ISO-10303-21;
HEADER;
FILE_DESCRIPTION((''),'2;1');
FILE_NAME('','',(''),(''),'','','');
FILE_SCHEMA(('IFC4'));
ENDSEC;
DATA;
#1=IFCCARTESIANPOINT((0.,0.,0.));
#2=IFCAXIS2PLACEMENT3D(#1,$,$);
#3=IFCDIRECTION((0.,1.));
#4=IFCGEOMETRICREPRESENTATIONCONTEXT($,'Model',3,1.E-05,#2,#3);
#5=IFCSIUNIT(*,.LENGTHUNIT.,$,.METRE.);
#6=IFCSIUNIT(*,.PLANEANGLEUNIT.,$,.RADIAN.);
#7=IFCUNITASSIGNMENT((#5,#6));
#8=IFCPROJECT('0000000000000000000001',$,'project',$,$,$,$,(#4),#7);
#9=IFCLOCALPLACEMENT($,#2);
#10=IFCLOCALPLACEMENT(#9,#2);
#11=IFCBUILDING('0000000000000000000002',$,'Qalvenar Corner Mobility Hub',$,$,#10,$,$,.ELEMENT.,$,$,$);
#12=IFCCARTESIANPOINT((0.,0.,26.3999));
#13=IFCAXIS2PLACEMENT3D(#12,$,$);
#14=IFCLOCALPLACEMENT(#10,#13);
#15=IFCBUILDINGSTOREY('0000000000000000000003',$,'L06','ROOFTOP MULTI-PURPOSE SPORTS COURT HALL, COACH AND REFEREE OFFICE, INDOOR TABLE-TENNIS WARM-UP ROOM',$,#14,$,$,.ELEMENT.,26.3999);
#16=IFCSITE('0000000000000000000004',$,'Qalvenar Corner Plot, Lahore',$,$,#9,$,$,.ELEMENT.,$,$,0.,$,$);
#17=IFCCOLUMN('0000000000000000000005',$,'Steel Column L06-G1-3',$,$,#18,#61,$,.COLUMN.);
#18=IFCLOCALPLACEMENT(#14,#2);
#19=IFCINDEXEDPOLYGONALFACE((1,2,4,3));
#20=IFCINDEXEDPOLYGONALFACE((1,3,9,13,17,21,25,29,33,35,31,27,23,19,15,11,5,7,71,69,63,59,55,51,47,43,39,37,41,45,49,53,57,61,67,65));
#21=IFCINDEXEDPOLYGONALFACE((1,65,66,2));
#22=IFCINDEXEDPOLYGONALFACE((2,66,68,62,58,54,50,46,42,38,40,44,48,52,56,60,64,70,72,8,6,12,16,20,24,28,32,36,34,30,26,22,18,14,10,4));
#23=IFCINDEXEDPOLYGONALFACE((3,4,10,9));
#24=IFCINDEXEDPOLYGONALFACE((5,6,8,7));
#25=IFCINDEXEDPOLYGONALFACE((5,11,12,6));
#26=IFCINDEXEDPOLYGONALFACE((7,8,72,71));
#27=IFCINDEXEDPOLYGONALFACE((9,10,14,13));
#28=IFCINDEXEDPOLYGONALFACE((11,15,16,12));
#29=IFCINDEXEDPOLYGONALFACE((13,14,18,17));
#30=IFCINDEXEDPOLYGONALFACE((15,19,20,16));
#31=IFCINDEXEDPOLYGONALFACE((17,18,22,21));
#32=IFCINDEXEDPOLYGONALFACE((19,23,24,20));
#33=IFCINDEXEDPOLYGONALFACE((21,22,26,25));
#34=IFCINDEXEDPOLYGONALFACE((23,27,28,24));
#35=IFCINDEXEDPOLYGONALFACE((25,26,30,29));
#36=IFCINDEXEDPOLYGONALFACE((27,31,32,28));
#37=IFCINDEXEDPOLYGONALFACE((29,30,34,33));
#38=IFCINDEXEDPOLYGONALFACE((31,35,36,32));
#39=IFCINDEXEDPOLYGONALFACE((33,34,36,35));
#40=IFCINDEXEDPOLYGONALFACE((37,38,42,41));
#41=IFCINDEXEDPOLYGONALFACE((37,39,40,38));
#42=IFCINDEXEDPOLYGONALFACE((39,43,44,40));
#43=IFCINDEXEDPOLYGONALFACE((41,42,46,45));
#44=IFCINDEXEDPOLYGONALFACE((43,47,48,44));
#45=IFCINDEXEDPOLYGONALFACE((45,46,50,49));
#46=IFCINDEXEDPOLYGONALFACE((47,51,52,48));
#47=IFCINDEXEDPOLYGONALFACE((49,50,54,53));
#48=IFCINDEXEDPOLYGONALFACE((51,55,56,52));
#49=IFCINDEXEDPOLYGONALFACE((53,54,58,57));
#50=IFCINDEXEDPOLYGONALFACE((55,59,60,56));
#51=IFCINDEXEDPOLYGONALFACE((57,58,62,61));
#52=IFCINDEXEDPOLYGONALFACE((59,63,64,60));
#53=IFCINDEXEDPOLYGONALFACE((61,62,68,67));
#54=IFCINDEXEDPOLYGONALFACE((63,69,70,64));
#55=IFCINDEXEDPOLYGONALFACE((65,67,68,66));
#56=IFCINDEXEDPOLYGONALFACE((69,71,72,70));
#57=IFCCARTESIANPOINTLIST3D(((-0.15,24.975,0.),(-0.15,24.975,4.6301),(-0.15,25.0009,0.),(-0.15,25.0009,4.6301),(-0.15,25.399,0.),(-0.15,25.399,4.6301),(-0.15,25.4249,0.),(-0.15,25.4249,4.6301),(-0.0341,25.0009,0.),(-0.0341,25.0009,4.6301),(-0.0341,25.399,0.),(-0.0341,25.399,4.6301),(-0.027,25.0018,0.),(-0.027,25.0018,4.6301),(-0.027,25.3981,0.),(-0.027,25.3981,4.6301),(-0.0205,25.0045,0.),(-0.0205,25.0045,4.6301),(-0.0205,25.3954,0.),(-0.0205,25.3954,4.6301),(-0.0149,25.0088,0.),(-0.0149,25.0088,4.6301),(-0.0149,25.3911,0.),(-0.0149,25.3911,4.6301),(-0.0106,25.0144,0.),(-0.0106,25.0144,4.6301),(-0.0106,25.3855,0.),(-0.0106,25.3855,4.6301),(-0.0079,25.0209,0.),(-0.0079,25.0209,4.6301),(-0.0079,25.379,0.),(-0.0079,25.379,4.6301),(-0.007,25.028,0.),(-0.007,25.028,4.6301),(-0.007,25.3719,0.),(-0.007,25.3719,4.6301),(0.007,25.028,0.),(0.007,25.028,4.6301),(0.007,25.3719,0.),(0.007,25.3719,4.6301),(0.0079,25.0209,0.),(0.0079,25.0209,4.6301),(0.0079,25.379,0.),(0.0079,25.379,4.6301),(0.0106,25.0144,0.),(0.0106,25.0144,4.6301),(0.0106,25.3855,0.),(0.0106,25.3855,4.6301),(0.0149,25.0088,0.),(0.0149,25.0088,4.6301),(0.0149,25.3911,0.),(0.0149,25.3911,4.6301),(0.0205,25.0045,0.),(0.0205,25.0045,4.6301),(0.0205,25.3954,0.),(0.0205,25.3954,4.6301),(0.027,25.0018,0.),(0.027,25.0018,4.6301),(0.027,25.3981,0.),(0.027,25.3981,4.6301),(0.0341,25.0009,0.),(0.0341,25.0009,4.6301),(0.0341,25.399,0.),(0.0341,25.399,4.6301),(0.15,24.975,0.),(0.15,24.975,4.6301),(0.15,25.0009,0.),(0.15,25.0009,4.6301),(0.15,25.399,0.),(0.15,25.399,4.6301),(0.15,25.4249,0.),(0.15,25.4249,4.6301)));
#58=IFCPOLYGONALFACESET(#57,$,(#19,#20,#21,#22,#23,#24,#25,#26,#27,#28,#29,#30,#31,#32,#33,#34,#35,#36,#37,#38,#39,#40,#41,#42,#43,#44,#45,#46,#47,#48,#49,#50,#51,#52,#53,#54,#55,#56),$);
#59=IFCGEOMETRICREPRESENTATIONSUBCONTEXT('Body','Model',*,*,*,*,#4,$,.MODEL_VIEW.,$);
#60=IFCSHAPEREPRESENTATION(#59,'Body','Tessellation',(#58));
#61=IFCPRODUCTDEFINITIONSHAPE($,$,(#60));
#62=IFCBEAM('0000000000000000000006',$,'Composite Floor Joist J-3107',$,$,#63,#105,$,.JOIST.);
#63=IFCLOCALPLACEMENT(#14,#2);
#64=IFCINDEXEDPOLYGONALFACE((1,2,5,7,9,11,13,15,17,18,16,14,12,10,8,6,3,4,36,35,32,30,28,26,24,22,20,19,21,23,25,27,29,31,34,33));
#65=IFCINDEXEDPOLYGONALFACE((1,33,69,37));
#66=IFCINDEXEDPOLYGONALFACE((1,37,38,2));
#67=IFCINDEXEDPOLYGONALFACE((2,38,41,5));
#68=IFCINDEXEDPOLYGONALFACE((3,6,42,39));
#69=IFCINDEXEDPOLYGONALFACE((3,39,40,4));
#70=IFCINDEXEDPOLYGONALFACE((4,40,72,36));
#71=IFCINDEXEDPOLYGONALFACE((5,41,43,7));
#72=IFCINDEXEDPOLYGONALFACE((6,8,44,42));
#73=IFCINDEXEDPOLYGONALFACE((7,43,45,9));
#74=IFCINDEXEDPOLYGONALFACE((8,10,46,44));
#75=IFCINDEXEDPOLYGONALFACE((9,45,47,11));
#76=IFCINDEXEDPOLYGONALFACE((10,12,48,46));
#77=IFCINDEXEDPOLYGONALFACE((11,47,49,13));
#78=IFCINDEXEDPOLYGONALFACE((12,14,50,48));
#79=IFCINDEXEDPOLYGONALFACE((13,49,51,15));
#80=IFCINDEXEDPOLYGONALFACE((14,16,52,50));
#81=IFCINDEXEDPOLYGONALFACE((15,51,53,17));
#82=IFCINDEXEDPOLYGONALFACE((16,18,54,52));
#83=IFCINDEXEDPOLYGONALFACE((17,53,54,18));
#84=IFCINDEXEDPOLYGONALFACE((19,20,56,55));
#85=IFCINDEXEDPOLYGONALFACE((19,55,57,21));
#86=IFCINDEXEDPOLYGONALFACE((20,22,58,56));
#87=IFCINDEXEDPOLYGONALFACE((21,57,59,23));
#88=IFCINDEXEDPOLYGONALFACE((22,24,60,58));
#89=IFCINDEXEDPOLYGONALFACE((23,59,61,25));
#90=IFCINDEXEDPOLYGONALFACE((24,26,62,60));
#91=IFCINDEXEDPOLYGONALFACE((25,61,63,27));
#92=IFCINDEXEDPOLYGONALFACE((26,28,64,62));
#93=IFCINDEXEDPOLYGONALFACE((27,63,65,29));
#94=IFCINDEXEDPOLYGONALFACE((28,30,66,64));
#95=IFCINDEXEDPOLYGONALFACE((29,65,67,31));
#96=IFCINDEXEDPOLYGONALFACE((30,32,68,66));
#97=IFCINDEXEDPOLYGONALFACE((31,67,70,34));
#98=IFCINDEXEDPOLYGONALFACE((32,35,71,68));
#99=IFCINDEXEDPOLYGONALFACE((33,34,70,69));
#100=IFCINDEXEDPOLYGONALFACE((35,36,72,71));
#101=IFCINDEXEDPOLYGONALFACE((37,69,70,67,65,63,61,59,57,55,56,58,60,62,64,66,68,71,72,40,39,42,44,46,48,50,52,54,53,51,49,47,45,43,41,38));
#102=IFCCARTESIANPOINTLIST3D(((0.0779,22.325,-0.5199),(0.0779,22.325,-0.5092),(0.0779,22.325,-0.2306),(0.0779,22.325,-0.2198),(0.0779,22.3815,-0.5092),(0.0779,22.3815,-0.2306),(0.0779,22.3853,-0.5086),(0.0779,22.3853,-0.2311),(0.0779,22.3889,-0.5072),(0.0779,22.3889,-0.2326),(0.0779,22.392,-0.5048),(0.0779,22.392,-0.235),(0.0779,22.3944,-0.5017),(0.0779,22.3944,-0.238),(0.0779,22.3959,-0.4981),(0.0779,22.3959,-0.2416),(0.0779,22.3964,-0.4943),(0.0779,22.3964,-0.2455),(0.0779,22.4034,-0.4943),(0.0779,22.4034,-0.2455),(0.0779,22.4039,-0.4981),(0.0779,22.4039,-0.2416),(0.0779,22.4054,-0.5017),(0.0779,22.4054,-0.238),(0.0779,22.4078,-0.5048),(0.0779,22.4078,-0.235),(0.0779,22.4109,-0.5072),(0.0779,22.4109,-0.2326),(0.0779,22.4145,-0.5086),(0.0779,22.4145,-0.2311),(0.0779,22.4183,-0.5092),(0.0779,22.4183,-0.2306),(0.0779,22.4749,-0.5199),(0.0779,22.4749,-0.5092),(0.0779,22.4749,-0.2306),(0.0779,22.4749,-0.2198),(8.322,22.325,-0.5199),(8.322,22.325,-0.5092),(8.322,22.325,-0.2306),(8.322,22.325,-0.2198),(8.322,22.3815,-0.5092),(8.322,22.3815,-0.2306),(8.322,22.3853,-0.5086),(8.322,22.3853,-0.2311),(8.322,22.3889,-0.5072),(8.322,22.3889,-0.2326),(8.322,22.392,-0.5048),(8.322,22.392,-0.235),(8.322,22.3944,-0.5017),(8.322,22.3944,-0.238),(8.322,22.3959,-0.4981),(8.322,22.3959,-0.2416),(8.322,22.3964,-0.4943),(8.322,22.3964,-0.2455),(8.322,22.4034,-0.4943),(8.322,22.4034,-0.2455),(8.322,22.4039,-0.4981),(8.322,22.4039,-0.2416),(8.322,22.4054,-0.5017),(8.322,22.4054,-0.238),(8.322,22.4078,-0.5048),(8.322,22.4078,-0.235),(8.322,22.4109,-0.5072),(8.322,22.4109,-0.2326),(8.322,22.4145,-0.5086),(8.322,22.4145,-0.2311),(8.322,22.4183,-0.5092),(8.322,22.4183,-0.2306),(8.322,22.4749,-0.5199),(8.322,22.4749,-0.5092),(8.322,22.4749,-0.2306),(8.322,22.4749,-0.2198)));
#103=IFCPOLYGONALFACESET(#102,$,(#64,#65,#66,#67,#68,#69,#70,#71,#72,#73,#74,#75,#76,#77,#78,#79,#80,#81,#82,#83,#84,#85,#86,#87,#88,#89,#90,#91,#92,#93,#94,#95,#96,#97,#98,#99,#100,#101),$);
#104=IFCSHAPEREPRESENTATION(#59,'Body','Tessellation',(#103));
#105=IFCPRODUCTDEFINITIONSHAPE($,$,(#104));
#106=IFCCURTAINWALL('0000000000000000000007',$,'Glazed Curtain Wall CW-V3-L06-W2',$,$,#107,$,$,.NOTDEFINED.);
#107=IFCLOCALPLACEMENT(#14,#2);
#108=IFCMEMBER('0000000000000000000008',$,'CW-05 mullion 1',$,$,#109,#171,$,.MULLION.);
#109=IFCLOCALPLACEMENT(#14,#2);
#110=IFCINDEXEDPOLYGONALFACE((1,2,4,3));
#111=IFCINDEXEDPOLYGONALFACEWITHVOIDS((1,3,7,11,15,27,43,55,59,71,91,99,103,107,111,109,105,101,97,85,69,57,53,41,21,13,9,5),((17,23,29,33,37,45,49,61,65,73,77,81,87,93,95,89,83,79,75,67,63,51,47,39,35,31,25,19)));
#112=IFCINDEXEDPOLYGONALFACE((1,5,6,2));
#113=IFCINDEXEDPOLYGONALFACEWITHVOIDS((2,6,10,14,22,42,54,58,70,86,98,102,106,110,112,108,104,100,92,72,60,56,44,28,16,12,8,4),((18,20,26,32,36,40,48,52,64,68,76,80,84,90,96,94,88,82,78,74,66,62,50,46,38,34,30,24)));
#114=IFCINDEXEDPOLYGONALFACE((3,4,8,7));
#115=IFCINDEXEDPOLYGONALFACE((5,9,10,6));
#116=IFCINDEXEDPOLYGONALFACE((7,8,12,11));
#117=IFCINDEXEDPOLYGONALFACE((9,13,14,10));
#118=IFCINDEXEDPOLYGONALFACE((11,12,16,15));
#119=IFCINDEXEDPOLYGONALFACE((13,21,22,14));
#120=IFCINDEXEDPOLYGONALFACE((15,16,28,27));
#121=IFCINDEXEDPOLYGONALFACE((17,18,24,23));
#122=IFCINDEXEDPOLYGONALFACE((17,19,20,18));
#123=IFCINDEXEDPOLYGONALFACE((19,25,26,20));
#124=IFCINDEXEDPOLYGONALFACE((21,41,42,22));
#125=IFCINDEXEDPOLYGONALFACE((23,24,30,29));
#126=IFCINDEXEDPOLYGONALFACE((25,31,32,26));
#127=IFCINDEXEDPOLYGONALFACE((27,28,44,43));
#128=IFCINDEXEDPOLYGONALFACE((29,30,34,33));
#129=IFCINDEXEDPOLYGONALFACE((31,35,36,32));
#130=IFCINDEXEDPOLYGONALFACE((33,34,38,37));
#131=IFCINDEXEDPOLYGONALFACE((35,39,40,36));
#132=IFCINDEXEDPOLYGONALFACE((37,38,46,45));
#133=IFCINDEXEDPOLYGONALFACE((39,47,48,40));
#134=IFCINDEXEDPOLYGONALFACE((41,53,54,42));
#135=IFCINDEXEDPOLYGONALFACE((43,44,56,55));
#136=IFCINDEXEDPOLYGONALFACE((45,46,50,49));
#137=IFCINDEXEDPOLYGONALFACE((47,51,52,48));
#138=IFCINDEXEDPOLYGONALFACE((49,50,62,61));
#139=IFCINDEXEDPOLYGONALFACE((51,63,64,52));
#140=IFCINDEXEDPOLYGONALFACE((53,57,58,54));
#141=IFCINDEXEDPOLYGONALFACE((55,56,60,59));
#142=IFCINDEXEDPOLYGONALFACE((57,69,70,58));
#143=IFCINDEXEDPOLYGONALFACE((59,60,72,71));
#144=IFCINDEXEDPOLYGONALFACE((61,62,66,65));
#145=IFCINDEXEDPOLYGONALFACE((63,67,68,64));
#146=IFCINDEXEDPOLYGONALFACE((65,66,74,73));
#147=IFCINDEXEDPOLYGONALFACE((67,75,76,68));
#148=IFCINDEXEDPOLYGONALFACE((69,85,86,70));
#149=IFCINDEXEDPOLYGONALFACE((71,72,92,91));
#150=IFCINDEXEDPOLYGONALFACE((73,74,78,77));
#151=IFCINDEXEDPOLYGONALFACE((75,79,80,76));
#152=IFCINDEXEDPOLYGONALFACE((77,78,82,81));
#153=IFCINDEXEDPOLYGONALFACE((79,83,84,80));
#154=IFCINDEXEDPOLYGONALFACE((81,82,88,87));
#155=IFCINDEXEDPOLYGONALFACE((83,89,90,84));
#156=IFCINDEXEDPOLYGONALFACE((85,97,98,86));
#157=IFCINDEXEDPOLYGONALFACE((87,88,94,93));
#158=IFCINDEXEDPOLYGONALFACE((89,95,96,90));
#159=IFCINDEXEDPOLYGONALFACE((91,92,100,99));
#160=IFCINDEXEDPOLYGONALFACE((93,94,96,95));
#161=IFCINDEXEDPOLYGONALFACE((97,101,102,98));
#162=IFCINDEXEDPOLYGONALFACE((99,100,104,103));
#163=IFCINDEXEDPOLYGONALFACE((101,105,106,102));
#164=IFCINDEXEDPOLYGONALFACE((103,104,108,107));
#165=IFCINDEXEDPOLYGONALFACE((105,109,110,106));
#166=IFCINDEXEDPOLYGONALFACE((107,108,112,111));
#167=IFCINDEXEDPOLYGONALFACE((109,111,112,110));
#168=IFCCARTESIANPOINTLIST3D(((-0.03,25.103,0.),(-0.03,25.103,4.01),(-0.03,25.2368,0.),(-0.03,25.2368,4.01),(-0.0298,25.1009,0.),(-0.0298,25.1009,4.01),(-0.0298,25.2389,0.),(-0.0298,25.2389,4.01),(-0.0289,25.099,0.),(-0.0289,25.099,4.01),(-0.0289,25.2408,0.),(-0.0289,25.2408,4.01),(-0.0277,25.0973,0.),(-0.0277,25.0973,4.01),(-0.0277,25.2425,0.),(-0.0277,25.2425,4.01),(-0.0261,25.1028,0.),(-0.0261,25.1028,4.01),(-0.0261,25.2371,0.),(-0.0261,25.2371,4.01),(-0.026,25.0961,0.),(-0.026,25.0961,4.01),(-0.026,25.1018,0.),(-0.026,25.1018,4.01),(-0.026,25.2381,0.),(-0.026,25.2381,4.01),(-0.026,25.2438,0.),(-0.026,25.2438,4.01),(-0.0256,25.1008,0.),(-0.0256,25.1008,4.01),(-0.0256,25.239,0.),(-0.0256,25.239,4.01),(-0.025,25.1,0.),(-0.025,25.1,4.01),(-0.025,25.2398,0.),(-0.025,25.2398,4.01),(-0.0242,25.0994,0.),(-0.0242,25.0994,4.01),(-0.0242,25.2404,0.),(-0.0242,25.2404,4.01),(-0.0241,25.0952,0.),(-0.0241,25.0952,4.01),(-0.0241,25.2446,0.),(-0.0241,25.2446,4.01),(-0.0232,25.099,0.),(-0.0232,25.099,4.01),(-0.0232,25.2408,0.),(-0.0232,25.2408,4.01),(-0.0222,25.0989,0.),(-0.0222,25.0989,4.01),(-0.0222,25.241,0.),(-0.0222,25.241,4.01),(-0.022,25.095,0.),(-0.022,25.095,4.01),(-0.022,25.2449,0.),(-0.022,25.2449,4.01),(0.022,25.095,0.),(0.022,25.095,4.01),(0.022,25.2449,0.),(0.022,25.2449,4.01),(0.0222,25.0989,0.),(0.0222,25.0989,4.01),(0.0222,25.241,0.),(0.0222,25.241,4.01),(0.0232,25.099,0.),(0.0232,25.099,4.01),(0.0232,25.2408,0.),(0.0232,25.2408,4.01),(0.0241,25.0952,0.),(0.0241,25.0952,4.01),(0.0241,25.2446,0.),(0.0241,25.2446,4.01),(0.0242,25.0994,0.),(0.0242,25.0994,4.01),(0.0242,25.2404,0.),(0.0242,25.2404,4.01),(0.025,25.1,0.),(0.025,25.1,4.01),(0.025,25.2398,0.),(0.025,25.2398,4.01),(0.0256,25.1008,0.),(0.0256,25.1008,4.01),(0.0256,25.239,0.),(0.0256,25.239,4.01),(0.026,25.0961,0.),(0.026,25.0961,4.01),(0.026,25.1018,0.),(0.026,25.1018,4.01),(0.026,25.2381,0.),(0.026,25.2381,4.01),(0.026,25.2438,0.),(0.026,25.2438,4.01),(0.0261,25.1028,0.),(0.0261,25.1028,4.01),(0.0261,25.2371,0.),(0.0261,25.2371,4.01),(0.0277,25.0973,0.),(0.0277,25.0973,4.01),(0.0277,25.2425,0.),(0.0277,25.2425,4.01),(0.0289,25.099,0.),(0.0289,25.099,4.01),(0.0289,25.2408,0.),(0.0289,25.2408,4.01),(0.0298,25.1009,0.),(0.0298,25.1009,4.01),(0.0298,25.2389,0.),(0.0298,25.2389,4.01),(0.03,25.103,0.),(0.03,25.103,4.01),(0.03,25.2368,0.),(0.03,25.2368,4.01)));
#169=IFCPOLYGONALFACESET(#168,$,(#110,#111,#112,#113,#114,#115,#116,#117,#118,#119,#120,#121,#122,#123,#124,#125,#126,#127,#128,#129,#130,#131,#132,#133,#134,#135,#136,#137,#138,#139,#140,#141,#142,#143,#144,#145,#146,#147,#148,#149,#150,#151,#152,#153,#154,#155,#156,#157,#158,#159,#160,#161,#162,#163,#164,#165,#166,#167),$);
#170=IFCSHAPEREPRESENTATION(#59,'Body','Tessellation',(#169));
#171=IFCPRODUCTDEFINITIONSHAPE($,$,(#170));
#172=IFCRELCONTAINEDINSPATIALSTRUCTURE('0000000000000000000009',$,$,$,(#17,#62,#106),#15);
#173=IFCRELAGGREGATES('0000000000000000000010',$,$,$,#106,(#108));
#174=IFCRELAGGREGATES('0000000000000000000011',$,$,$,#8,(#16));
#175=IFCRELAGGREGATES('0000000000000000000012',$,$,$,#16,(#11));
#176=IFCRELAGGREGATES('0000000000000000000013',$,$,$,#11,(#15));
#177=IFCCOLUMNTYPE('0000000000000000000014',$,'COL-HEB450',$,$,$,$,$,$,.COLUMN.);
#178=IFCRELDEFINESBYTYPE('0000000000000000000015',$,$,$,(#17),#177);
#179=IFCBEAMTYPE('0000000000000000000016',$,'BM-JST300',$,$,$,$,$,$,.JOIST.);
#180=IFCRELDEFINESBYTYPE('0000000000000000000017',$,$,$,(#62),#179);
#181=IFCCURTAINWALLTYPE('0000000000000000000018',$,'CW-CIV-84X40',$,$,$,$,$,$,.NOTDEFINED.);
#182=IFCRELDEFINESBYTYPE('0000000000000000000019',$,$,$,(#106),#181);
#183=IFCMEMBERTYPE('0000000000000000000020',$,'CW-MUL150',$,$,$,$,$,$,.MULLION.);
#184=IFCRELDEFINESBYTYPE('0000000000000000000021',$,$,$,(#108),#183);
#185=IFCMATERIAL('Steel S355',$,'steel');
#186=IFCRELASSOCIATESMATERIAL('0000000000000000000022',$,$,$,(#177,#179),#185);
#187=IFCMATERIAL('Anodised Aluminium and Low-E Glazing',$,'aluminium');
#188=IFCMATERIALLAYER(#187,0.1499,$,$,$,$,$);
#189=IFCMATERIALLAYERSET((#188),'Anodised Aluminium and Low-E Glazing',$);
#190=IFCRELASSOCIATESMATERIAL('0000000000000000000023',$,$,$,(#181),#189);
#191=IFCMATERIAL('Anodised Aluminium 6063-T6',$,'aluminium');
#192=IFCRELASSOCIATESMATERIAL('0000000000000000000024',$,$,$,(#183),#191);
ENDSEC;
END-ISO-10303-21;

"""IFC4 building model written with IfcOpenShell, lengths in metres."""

from ifc_helpers import new_model, si_unit, direction, frame, origin, origin_2d, place, context, subcontext, project, spatial, hollow_rectangle, i_section, extrude, material, layer, layer_set, material_profile, profile_set, type_object, element, aggregate, save


model = new_model("IFC4")

# Units and contexts
model_context = context("Model", 3, precision=1e-05, world=origin(), true_north=direction((0.0, 1.0)))
body_context = subcontext(model_context, "Body", "Model", "MODEL_VIEW")
ifc_project = project(units=[si_unit("LENGTHUNIT", "METRE"), si_unit("PLANEANGLEUNIT", "RADIAN")], contexts=[model_context])

# Site, building, storey
site_placement = place(None, origin())
site = spatial("IfcSite", under=ifc_project, at=site_placement, Name="Qalvenar Corner Plot, Lahore", CompositionType="ELEMENT", RefElevation=0.0)
building_placement = place(site_placement, origin())
building = spatial("IfcBuilding", under=site, at=building_placement, Name="Qalvenar Corner Mobility Hub", CompositionType="ELEMENT")
storey_placement = place(building_placement, frame((0.0, 0.0, 26.3999)))
storey = spatial("IfcBuildingStorey", under=building, at=storey_placement, Name="L06", Description="ROOFTOP MULTI-PURPOSE SPORTS COURT HALL, COACH AND REFEREE OFFICE, INDOOR TABLE-TENNIS WARM-UP ROOM", CompositionType="ELEMENT", Elevation=26.3999)

# Column
ifc_material_1 = material(Name="Steel S355", Category="steel")
ifc_material_profile_1 = material_profile(ifc_material_1, i_section(OverallWidth=0.3, OverallDepth=0.45, WebThickness=0.0139, FlangeThickness=0.0259, FilletRadius=0.0271, at=origin_2d()), Name="HEB450")
ifc_profile_set_1 = profile_set([ifc_material_profile_1], Name="Steel S355")
column_type = type_object("IfcColumnType", Name="COL-HEB450", PredefinedType="COLUMN", material=ifc_profile_set_1)
column_placement = place(storey_placement, frame((0.0, 25.2, 0.0), z_axis=(0.0, 0.0, 1.0), x_axis=(1.0, 0.0, 0.0)))
element("IfcColumn", 1, at=column_placement, inside=storey, type_object=column_type, Name="Steel Column L06-G1-3", PredefinedType="COLUMN", context=body_context, shape_type="SweptSolid", body=[
    extrude(i_section(OverallWidth=0.3, OverallDepth=0.45, WebThickness=0.0139, FlangeThickness=0.0259, FilletRadius=0.0271, at=origin_2d()), origin(), (0.0, 0.0, 1.0), 4.6301),
])

# Beam
ifc_material_profile_2 = material_profile(ifc_material_1, i_section(OverallWidth=0.1499, OverallDepth=0.3, WebThickness=0.0071, FlangeThickness=0.0107, FilletRadius=0.0149, at=origin_2d()), Name="IPE300")
ifc_profile_set_2 = profile_set([ifc_material_profile_2], Name="Steel S355")
beam_type = type_object("IfcBeamType", Name="BM-JST300", PredefinedType="JOIST", material=ifc_profile_set_2)
beam_placement = place(storey_placement, frame((0.0779, 22.3999, -0.3699), z_axis=(1.0, 0.0, 0.0), x_axis=(0.0, 1.0, 0.0)))
element("IfcBeam", 2, at=beam_placement, inside=storey, type_object=beam_type, Name="Composite Floor Joist J-3107", PredefinedType="JOIST", context=body_context, shape_type="SweptSolid", body=[
    extrude(i_section(OverallWidth=0.1499, OverallDepth=0.3, WebThickness=0.0071, FlangeThickness=0.0107, FilletRadius=0.0149, at=origin_2d()), origin(), (0.0, 0.0, 1.0), 8.2441),
])

# Curtain wall, member
ifc_material_2 = material(Name="Anodised Aluminium and Low-E Glazing", Category="aluminium")
ifc_layer_1 = layer(ifc_material_2, 0.1499)
ifc_layer_set_1 = layer_set([ifc_layer_1], Name="Anodised Aluminium and Low-E Glazing")
curtain_wall_type = type_object("IfcCurtainWallType", Name="CW-CIV-84X40", PredefinedType="NOTDEFINED", material=ifc_layer_set_1)
curtain_wall_placement = place(storey_placement, origin())
curtain_wall = element("IfcCurtainWall", 3, at=curtain_wall_placement, inside=storey, type_object=curtain_wall_type, Name="Glazed Curtain Wall CW-V3-L06-W2", PredefinedType="NOTDEFINED")
ifc_material_3 = material(Name="Anodised Aluminium 6063-T6", Category="aluminium")
ifc_material_profile_3 = material_profile(ifc_material_3, hollow_rectangle(XDim=0.0601, YDim=0.1499, WallThickness=0.0039, InnerFilletRadius=0.0039, OuterFilletRadius=0.0081, at=origin_2d()), Name="RHS150x60x4")
ifc_profile_set_3 = profile_set([ifc_material_profile_3], Name="Anodised Aluminium 6063-T6")
member_type_1 = type_object("IfcMemberType", Name="CW-MUL150", PredefinedType="MULLION", material=ifc_profile_set_3)
member_1_placement = place(storey_placement, frame((0.0, 25.1699, 0.0), z_axis=(0.0, 0.0, 1.0), x_axis=(1.0, 0.0, 0.0)))
member_1 = element("IfcMember", 4, at=member_1_placement, type_object=member_type_1, Name="CW-05 mullion 1", PredefinedType="MULLION", context=body_context, shape_type="SweptSolid", body=[
    extrude(hollow_rectangle(XDim=0.0601, YDim=0.1499, WallThickness=0.0039, InnerFilletRadius=0.0039, OuterFilletRadius=0.0081, at=origin_2d()), origin(), (0.0, 0.0, 1.0), 4.01),
])

aggregate(curtain_wall, [member_1])

save(model, "model.ifc")
